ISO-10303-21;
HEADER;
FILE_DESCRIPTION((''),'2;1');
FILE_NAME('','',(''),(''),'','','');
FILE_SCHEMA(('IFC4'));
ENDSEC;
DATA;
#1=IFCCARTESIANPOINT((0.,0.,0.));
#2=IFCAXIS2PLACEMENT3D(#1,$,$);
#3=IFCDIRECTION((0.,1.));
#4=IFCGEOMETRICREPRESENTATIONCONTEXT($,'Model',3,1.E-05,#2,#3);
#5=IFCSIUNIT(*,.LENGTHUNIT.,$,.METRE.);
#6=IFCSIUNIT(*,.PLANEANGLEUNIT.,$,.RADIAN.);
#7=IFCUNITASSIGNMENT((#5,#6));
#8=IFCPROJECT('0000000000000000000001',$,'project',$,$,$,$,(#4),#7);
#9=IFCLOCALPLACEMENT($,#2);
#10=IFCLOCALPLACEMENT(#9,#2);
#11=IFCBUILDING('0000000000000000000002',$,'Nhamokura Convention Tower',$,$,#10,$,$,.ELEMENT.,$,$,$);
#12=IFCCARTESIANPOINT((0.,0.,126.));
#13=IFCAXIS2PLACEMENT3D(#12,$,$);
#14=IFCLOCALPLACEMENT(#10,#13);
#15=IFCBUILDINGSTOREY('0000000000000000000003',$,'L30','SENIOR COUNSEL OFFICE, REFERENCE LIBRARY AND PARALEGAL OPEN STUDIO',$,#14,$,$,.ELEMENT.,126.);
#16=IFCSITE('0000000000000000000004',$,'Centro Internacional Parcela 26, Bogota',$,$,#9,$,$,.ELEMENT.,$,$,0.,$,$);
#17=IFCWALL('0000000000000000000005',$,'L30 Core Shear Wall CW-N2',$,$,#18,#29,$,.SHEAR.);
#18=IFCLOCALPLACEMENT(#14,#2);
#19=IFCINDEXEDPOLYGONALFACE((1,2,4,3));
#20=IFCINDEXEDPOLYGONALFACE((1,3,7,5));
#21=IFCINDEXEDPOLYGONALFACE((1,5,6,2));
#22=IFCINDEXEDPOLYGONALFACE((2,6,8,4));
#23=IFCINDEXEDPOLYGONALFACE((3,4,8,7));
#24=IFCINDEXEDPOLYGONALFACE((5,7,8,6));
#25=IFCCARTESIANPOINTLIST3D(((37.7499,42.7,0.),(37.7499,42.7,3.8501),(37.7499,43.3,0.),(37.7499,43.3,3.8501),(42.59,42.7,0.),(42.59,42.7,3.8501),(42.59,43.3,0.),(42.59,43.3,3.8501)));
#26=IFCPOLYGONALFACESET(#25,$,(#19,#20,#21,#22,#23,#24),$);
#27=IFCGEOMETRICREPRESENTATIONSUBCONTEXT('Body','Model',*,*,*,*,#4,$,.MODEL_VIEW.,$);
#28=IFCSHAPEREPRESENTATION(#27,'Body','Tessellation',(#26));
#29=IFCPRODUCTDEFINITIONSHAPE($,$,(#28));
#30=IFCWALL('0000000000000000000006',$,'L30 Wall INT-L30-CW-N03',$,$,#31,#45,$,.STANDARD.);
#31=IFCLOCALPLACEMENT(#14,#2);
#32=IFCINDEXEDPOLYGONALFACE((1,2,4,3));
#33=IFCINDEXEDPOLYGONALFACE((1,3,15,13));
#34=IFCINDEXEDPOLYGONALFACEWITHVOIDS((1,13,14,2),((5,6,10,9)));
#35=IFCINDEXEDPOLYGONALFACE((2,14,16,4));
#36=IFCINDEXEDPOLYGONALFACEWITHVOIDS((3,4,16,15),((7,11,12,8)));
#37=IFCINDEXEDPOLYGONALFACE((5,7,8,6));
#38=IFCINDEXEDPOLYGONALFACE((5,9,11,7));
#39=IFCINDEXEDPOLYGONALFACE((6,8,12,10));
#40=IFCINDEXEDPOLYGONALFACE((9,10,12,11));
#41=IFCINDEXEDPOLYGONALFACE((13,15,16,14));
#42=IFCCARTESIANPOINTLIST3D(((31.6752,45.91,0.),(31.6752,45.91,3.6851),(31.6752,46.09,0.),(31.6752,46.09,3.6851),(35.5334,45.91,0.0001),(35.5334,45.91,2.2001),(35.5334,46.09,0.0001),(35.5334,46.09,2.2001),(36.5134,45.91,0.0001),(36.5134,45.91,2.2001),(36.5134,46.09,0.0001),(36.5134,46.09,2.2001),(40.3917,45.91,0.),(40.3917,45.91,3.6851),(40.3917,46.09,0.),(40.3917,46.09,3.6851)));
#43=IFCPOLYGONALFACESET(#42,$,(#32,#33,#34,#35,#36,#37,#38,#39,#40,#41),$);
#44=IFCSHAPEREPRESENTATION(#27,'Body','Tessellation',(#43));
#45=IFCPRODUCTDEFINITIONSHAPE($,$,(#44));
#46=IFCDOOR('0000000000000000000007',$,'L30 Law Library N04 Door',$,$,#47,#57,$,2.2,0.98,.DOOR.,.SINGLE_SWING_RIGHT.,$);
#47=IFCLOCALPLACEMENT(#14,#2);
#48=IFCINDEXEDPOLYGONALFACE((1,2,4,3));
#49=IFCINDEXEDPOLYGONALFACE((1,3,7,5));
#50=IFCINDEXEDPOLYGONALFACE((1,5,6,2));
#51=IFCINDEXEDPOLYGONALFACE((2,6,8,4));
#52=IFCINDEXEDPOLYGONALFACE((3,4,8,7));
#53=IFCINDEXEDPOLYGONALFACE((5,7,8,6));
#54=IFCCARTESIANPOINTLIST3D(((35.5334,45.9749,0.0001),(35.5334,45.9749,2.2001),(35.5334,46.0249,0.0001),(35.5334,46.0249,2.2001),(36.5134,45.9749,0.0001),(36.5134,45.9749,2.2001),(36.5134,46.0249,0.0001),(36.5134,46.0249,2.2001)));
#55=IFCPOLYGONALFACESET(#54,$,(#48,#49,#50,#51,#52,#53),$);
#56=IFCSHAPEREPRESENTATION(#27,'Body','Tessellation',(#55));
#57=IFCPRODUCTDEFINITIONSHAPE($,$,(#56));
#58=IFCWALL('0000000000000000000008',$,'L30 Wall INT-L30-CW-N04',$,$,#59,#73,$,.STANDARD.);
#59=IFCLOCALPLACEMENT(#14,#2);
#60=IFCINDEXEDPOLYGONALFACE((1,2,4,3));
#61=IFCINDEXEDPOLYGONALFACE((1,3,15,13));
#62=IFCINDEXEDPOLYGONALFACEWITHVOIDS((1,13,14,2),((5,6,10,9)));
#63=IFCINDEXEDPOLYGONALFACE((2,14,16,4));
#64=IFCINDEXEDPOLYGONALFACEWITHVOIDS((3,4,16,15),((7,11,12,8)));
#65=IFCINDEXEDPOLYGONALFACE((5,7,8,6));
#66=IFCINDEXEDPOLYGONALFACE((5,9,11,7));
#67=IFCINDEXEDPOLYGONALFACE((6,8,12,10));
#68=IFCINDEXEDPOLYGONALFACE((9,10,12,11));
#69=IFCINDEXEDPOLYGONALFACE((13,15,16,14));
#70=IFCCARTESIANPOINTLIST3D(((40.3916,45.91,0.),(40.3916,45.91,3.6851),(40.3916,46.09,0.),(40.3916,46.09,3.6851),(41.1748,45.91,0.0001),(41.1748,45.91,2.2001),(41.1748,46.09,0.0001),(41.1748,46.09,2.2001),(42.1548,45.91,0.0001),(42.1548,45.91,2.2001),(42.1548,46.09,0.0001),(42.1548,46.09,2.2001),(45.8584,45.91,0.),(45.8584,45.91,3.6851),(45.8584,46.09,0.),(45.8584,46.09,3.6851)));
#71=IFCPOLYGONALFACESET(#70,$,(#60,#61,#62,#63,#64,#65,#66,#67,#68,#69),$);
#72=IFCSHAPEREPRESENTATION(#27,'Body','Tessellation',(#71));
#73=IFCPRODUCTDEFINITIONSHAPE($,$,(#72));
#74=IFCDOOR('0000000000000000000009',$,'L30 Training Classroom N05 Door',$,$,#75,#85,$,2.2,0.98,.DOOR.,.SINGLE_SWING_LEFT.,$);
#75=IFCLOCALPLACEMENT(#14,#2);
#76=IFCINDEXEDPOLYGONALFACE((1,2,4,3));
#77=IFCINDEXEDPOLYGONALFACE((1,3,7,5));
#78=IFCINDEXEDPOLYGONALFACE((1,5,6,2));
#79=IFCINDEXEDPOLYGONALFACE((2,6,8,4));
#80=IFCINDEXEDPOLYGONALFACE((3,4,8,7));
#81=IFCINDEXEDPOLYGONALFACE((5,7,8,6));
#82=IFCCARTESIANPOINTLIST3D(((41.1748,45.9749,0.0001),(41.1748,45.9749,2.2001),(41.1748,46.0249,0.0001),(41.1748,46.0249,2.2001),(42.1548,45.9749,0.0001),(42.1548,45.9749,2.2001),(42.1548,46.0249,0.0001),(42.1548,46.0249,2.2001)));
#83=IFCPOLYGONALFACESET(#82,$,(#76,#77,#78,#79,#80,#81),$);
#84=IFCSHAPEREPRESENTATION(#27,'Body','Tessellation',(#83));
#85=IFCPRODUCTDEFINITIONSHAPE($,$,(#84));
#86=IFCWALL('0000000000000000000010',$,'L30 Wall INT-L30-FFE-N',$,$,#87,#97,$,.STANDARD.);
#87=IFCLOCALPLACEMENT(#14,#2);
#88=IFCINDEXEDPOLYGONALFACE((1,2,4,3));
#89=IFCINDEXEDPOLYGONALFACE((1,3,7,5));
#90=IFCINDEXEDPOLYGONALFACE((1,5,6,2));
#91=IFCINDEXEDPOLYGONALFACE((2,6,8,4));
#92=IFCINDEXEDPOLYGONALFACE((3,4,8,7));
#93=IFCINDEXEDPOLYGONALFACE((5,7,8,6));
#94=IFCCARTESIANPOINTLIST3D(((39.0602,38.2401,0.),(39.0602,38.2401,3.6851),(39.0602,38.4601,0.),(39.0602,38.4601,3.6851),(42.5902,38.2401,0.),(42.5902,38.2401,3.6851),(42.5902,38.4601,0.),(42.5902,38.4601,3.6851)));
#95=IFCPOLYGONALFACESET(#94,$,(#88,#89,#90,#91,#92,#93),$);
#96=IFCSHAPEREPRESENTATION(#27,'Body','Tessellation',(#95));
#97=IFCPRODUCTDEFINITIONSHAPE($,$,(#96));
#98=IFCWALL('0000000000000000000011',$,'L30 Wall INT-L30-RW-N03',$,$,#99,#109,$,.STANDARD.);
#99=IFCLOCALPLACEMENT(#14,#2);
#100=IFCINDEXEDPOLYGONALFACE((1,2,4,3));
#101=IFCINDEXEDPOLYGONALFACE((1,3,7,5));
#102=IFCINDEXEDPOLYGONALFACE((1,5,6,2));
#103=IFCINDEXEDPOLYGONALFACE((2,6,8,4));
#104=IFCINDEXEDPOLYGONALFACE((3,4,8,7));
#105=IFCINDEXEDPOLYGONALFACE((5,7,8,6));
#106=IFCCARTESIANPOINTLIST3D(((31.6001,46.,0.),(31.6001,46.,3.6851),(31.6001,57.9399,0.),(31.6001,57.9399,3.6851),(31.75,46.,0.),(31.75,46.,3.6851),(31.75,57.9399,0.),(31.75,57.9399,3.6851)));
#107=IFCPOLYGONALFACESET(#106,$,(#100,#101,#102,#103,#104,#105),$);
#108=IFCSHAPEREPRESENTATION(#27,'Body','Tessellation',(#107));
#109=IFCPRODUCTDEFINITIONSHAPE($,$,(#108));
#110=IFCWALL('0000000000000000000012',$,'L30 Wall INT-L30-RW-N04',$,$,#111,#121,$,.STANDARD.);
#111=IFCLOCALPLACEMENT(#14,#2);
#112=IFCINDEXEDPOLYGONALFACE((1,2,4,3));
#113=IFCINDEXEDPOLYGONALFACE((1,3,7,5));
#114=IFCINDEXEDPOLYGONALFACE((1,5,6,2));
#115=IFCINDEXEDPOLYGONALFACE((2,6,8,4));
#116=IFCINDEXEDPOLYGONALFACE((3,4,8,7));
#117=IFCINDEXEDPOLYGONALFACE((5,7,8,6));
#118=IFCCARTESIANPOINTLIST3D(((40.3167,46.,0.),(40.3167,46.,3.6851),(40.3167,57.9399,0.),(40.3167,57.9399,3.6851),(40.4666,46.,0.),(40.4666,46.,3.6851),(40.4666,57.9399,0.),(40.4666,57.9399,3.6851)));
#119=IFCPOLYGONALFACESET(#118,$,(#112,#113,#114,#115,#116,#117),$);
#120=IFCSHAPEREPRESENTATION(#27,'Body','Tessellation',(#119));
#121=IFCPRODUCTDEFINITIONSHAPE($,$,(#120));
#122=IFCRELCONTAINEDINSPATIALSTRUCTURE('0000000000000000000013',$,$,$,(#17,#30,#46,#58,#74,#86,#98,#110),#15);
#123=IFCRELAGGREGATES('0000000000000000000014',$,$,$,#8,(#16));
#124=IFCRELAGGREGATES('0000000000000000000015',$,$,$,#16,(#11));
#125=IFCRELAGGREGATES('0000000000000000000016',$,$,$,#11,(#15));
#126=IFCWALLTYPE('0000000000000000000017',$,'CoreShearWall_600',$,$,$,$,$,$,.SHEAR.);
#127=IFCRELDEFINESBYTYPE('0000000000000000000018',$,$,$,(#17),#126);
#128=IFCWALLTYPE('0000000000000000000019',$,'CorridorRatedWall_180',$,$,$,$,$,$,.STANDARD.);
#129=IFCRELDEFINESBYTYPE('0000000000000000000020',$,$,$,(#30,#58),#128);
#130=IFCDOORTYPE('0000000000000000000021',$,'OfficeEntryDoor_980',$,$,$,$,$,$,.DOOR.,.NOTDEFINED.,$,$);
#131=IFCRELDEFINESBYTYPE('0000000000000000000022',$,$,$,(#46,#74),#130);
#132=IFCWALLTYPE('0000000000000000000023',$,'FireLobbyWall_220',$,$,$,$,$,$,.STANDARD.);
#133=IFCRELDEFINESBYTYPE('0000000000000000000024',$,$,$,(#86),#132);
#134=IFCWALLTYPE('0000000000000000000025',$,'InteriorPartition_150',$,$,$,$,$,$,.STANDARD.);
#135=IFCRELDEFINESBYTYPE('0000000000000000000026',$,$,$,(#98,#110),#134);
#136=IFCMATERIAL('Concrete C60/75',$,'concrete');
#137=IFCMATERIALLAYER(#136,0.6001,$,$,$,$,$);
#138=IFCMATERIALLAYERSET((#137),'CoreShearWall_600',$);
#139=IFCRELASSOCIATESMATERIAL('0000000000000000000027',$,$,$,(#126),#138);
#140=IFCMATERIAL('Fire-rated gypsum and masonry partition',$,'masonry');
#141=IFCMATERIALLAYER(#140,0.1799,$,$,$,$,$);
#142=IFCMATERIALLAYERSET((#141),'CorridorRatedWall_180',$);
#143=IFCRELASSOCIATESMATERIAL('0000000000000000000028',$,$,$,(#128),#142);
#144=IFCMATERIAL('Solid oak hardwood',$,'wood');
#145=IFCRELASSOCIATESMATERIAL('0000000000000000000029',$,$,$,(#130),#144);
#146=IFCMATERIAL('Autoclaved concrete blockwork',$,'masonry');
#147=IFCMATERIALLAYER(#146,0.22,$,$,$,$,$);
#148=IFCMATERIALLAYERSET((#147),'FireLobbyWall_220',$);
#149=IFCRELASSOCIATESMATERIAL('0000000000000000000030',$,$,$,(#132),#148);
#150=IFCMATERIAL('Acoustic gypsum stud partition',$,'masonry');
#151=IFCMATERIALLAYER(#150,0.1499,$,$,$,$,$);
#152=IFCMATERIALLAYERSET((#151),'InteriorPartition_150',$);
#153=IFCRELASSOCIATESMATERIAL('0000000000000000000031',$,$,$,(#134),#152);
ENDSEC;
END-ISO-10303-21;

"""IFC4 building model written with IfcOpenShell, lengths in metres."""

from ifc_helpers import new_model, si_unit, direction, frame, frame_2d, origin, place, context, subcontext, project, spatial, rectangle, extrude, material, layer, layer_set, type_object, element, fill, save


model = new_model("IFC4")

# Units and contexts
model_context = context("Model", 3, precision=1e-05, world=origin(), true_north=direction((0.0, 1.0)))
body_context = subcontext(model_context, "Body", "Model", "MODEL_VIEW")
ifc_project = project(units=[si_unit("LENGTHUNIT", "METRE"), si_unit("PLANEANGLEUNIT", "RADIAN")], contexts=[model_context])

# Site, building, storey
site_placement = place(None, origin())
site = spatial("IfcSite", under=ifc_project, at=site_placement, Name="Centro Internacional Parcela 26, Bogota", CompositionType="ELEMENT", RefElevation=0.0)
building_placement = place(site_placement, origin())
building = spatial("IfcBuilding", under=site, at=building_placement, Name="Nhamokura Convention Tower", CompositionType="ELEMENT")
storey_placement = place(building_placement, frame((0.0, 0.0, 126.0)))
storey = spatial("IfcBuildingStorey", under=building, at=storey_placement, Name="L30", Description="SENIOR COUNSEL OFFICE, REFERENCE LIBRARY AND PARALEGAL OPEN STUDIO", CompositionType="ELEMENT", Elevation=126.0)

# Wall
ifc_material_1 = material(Name="Concrete C60/75", Category="concrete")
ifc_layer_1 = layer(ifc_material_1, 0.6001)
ifc_layer_set_1 = layer_set([ifc_layer_1], Name="CoreShearWall_600")
wall_type_1 = type_object("IfcWallType", Name="CoreShearWall_600", PredefinedType="SHEAR", material=ifc_layer_set_1)
wall_1_placement = place(storey_placement, frame((37.75, 43.0, 0.0), z_axis=(0.0, 0.0, 1.0), x_axis=(1.0, 0.0, 0.0)))
element("IfcWall", 1, at=wall_1_placement, inside=storey, type_object=wall_type_1, Name="L30 Core Shear Wall CW-N2", PredefinedType="SHEAR", context=body_context, shape_type="SweptSolid", body=[
    extrude(rectangle(XDim=4.8401, YDim=0.6001, at=frame_2d((2.4199, 0.0))), origin(), (0.0, 0.0, 1.0), 3.8501),
])

# Walls, openings, doors
ifc_material_2 = material(Name="Fire-rated gypsum and masonry partition", Category="masonry")
ifc_layer_2 = layer(ifc_material_2, 0.1799)
ifc_layer_set_2 = layer_set([ifc_layer_2], Name="CorridorRatedWall_180")
wall_type_2 = type_object("IfcWallType", Name="CorridorRatedWall_180", PredefinedType="STANDARD", material=ifc_layer_set_2)
wall_2_placement = place(storey_placement, frame((31.675, 46.0, 0.0), z_axis=(0.0, 0.0, 1.0), x_axis=(1.0, 0.0, 0.0)))
wall_2 = element("IfcWall", 2, at=wall_2_placement, inside=storey, type_object=wall_type_2, Name="L30 Wall INT-L30-CW-N03", PredefinedType="STANDARD", context=body_context, shape_type="SweptSolid", body=[
    extrude(rectangle(XDim=8.7166, YDim=0.1799, at=frame_2d((4.3584, 0.0))), origin(), (0.0, 0.0, 1.0), 3.6851),
])
opening_1_placement = place(wall_2_placement, frame((3.8584, 0.0, 0.0)))
opening_1 = element("IfcOpeningElement", 3, at=opening_1_placement, cuts=wall_2, PredefinedType="OPENING", context=body_context, shape_type="SweptSolid", body=[
    extrude(rectangle(XDim=0.98, YDim=2.2, at=frame_2d((0.49, 1.1001))), frame((0.0, 0.0999, 0.0), z_axis=(0.0, -1.0, 0.0), x_axis=(1.0, 0.0, 0.0)), (0.0, 0.0, 1.0), 0.2),
])
ifc_material_3 = material(Name="Solid oak hardwood", Category="wood")
door_type = type_object("IfcDoorType", Name="OfficeEntryDoor_980", OperationType="NOTDEFINED", PredefinedType="DOOR", material=ifc_material_3)
door_1_placement = place(opening_1_placement, origin())
door_1 = element("IfcDoor", 4, at=door_1_placement, inside=storey, type_object=door_type, Name="L30 Law Library N04 Door", OperationType="SINGLE_SWING_RIGHT", OverallHeight=2.2, OverallWidth=0.98, PredefinedType="DOOR", context=body_context, shape_type="SweptSolid", body=[
    extrude(rectangle(XDim=0.98, YDim=2.2, at=frame_2d((0.49, 1.1001))), frame((0.0, 0.0249, 0.0), z_axis=(0.0, -1.0, 0.0), x_axis=(1.0, 0.0, 0.0)), (0.0, 0.0, 1.0), 0.05),
])
fill(opening_1, door_1)
wall_3_placement = place(storey_placement, frame((40.3916, 46.0, 0.0), z_axis=(0.0, 0.0, 1.0), x_axis=(1.0, 0.0, 0.0)))
wall_3 = element("IfcWall", 5, at=wall_3_placement, inside=storey, type_object=wall_type_2, Name="L30 Wall INT-L30-CW-N04", PredefinedType="STANDARD", context=body_context, shape_type="SweptSolid", body=[
    extrude(rectangle(XDim=5.4668, YDim=0.1799, at=frame_2d((2.7334, 0.0))), origin(), (0.0, 0.0, 1.0), 3.6851),
])
opening_2_placement = place(wall_3_placement, frame((0.7832, 0.0, 0.0)))
opening_2 = element("IfcOpeningElement", 6, at=opening_2_placement, cuts=wall_3, PredefinedType="OPENING", context=body_context, shape_type="SweptSolid", body=[
    extrude(rectangle(XDim=0.98, YDim=2.2, at=frame_2d((0.49, 1.1001))), frame((0.0, 0.0999, 0.0), z_axis=(0.0, -1.0, 0.0), x_axis=(1.0, 0.0, 0.0)), (0.0, 0.0, 1.0), 0.2),
])
door_2_placement = place(opening_2_placement, origin())
door_2 = element("IfcDoor", 7, at=door_2_placement, inside=storey, type_object=door_type, Name="L30 Training Classroom N05 Door", OperationType="SINGLE_SWING_LEFT", OverallHeight=2.2, OverallWidth=0.98, PredefinedType="DOOR", context=body_context, shape_type="SweptSolid", body=[
    extrude(rectangle(XDim=0.98, YDim=2.2, at=frame_2d((0.49, 1.1001))), frame((0.0, 0.0249, 0.0), z_axis=(0.0, -1.0, 0.0), x_axis=(1.0, 0.0, 0.0)), (0.0, 0.0, 1.0), 0.05),
])
fill(opening_2, door_2)

# Walls
ifc_material_4 = material(Name="Autoclaved concrete blockwork", Category="masonry")
ifc_layer_3 = layer(ifc_material_4, 0.22)
ifc_layer_set_3 = layer_set([ifc_layer_3], Name="FireLobbyWall_220")
wall_type_3 = type_object("IfcWallType", Name="FireLobbyWall_220", PredefinedType="STANDARD", material=ifc_layer_set_3)
wall_4_placement = place(storey_placement, frame((39.0601, 38.3501, 0.0), z_axis=(0.0, 0.0, 1.0), x_axis=(1.0, 0.0, 0.0)))
element("IfcWall", 8, at=wall_4_placement, inside=storey, type_object=wall_type_3, Name="L30 Wall INT-L30-FFE-N", PredefinedType="STANDARD", context=body_context, shape_type="SweptSolid", body=[
    extrude(rectangle(XDim=3.53, YDim=0.22, at=frame_2d((1.7651, 0.0))), origin(), (0.0, 0.0, 1.0), 3.6851),
])
ifc_material_5 = material(Name="Acoustic gypsum stud partition", Category="masonry")
ifc_layer_4 = layer(ifc_material_5, 0.1499)
ifc_layer_set_4 = layer_set([ifc_layer_4], Name="InteriorPartition_150")
wall_type_4 = type_object("IfcWallType", Name="InteriorPartition_150", PredefinedType="STANDARD", material=ifc_layer_set_4)
for number, where, z_axis, x_axis, name in (
    (9, (31.675, 46.0, 0.0), (0.0, 0.0, 1.0), (0.0, 1.0, 0.0), "L30 Wall INT-L30-RW-N03"),
    (10, (40.3916, 46.0, 0.0), (0.0, 0.0, 1.0), (0.0, 1.0, 0.0), "L30 Wall INT-L30-RW-N04"),
):
    element("IfcWall", number, at=place(storey_placement, frame(where, z_axis=z_axis, x_axis=x_axis)), inside=storey, type_object=wall_type_4, Name=name, PredefinedType="STANDARD", context=body_context, shape_type="SweptSolid", body=[
        extrude(rectangle(XDim=11.9399, YDim=0.1499, at=frame_2d((5.97, 0.0))), origin(), (0.0, 0.0, 1.0), 3.6851),
    ])

save(model, "model.ifc")
